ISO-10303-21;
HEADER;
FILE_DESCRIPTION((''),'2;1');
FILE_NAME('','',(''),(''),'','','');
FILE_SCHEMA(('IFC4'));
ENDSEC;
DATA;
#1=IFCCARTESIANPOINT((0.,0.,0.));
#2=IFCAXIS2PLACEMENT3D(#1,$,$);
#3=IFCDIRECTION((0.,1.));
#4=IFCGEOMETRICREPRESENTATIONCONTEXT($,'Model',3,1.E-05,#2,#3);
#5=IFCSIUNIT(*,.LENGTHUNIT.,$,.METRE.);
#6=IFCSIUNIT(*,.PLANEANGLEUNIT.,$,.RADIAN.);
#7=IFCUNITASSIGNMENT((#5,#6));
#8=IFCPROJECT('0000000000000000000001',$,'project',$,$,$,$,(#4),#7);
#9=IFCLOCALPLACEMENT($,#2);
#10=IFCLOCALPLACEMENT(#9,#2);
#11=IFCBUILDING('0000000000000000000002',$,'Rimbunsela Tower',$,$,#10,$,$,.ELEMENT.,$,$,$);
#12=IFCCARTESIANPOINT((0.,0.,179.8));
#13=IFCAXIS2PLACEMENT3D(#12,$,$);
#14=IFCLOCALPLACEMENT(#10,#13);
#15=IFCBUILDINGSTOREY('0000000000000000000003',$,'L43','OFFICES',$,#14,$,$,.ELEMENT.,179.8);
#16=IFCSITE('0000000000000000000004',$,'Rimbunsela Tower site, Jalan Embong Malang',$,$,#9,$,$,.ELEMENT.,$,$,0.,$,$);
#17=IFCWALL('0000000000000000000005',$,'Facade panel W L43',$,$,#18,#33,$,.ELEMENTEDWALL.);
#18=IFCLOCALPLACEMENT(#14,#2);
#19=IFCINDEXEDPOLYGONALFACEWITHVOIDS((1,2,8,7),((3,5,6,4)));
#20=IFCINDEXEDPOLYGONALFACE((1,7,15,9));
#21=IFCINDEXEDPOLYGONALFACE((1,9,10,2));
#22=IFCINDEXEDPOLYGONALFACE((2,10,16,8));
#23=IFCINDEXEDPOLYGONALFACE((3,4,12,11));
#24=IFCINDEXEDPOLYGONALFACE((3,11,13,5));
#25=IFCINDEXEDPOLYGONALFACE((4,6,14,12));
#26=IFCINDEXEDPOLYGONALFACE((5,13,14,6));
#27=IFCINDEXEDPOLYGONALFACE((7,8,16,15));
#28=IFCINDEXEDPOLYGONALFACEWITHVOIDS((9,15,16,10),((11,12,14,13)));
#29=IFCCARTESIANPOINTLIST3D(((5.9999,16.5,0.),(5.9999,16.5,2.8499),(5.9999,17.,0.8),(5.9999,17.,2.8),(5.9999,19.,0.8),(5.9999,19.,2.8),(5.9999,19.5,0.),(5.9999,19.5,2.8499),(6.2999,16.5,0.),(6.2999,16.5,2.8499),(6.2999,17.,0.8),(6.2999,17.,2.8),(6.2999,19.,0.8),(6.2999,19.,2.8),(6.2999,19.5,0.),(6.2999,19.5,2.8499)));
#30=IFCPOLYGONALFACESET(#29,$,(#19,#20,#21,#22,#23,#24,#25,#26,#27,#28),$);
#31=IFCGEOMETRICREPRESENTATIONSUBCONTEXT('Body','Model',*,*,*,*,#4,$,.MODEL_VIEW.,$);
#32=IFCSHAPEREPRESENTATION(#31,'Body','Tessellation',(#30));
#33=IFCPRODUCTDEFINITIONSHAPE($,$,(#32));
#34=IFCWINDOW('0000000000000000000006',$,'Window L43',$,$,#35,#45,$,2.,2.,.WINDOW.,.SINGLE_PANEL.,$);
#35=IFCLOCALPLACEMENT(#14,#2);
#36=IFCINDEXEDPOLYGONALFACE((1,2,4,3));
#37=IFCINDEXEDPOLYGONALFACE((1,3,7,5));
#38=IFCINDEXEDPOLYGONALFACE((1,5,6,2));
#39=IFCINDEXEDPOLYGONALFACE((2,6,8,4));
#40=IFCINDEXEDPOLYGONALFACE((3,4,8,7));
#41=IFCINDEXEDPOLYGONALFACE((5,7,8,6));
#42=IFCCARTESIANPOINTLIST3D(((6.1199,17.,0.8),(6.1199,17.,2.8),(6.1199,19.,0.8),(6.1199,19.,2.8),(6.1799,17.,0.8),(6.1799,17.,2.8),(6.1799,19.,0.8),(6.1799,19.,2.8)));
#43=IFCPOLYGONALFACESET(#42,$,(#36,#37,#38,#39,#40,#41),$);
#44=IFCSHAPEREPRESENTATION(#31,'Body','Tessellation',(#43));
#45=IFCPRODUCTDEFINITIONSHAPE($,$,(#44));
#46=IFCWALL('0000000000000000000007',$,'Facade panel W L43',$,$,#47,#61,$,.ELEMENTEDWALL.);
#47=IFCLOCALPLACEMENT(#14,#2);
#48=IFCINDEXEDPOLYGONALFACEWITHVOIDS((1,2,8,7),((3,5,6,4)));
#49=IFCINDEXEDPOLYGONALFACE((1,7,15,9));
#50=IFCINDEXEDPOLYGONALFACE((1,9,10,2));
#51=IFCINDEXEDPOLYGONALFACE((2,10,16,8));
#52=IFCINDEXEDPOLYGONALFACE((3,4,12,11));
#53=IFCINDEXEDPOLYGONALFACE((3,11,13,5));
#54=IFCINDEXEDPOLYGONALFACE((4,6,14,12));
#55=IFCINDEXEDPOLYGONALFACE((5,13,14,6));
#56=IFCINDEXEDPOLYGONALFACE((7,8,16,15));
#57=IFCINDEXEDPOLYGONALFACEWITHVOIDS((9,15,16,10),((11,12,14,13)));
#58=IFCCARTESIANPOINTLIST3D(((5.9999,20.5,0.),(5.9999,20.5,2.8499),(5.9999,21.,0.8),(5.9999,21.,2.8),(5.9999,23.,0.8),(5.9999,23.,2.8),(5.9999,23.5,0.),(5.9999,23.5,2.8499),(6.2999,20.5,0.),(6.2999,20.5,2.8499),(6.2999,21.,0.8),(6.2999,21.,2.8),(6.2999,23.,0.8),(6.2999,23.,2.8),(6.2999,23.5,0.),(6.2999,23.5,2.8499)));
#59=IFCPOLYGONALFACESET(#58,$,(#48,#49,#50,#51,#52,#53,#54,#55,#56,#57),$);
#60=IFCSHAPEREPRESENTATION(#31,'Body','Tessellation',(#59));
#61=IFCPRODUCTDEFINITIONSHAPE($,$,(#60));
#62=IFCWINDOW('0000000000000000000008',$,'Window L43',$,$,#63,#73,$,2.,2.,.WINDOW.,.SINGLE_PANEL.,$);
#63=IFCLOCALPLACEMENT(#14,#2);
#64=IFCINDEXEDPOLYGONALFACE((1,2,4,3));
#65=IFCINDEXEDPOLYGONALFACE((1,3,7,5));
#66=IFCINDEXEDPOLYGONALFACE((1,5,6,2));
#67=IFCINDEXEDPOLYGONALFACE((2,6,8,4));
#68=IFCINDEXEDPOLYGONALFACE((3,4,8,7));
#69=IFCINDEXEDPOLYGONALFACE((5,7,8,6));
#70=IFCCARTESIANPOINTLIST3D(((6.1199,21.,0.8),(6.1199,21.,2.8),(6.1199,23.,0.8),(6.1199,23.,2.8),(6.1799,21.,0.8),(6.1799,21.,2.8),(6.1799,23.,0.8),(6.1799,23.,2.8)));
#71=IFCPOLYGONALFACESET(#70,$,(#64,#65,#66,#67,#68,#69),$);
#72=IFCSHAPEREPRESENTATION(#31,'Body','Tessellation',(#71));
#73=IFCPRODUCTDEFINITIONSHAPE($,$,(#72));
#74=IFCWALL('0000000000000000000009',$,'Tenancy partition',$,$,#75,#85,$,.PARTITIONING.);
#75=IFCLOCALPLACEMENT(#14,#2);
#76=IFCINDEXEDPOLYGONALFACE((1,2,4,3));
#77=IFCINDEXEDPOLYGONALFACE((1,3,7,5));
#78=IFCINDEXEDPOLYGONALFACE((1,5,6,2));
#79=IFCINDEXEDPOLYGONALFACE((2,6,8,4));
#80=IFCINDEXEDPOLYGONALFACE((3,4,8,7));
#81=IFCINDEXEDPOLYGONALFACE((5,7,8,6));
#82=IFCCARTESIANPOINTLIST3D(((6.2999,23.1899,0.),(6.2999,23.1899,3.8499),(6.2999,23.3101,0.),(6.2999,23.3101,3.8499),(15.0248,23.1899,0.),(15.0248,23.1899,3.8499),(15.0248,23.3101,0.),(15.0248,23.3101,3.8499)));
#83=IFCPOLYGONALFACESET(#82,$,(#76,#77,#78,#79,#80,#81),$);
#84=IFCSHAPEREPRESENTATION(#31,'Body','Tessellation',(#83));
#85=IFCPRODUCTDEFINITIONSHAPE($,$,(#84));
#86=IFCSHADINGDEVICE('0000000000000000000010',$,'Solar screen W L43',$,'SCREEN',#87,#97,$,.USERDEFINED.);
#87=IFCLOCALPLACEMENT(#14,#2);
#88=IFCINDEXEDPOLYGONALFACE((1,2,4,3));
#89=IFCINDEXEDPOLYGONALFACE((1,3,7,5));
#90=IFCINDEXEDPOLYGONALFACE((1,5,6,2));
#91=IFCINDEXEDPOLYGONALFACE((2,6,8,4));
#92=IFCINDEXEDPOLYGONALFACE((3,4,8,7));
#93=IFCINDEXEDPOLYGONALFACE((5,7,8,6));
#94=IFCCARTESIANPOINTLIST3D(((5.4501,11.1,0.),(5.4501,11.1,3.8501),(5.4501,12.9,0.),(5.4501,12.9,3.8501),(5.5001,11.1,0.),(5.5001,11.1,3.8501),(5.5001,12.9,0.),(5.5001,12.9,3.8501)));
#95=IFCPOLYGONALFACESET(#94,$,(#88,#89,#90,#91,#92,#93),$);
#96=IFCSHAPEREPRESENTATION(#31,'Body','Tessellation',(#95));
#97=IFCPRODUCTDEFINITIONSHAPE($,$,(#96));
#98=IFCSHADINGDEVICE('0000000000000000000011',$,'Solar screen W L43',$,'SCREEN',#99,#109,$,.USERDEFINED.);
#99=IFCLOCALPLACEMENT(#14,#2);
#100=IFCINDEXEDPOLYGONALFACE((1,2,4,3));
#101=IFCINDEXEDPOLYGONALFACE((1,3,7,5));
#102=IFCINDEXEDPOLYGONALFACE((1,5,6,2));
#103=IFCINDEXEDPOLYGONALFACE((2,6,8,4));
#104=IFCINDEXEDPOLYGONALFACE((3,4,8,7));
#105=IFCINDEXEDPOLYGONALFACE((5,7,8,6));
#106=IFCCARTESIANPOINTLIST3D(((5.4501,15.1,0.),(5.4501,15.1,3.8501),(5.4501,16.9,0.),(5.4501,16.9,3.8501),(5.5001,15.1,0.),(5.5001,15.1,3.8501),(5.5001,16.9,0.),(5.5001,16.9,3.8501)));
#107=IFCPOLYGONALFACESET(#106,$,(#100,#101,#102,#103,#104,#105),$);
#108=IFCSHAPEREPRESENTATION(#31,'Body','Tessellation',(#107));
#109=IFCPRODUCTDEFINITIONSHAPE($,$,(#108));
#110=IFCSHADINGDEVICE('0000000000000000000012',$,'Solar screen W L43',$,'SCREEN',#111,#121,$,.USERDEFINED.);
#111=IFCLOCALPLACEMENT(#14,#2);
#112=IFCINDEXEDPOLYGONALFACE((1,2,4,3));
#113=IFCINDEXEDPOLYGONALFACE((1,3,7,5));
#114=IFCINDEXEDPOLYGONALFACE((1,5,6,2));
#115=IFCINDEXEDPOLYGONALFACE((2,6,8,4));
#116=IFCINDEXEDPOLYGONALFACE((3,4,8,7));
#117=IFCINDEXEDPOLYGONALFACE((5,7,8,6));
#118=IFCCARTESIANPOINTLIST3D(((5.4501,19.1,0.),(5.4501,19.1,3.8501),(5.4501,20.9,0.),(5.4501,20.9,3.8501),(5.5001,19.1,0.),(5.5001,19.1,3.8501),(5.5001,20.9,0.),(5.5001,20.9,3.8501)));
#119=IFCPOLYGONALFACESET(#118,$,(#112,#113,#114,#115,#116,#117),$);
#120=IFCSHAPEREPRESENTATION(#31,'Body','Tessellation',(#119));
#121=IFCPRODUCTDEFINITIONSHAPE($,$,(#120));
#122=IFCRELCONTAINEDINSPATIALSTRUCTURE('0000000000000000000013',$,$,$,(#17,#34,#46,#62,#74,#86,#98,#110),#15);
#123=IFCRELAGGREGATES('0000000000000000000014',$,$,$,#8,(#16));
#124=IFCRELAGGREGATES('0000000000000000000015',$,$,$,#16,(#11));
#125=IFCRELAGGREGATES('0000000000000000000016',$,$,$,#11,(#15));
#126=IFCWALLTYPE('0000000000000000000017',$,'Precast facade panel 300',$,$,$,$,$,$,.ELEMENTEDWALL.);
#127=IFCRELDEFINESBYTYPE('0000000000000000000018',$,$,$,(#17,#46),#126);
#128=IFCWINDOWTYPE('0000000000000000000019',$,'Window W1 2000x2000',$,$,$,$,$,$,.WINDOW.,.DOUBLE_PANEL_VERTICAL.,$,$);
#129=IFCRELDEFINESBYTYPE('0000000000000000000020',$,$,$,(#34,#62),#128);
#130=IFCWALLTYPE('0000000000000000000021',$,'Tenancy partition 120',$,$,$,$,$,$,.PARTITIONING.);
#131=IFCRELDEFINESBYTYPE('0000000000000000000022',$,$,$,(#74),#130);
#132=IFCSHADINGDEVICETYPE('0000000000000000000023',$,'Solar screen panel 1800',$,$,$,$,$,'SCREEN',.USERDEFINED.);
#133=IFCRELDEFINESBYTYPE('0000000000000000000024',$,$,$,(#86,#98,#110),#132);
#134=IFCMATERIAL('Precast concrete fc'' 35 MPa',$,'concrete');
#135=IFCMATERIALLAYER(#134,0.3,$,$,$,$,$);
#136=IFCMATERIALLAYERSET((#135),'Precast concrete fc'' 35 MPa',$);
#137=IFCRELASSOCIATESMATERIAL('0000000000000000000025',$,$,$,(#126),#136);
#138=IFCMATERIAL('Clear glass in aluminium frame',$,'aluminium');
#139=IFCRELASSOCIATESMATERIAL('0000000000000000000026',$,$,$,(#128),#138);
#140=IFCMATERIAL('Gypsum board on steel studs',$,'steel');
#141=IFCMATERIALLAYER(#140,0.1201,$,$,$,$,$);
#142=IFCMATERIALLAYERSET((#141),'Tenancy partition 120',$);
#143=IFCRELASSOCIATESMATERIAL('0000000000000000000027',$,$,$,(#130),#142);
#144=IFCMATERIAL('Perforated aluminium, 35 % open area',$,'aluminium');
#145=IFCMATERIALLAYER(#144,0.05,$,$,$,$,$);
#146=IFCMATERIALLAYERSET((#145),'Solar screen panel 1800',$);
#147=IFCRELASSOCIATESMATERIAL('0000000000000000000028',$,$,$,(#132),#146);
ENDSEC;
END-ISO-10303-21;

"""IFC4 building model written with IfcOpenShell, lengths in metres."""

from ifc_helpers import new_model, si_unit, direction, frame, frame_2d, origin, origin_2d, place, context, subcontext, project, spatial, rectangle, extrude, material, layer, layer_set, type_object, element, fill, save


model = new_model("IFC4")

# Units and contexts
model_context = context("Model", 3, precision=1e-05, world=origin(), true_north=direction((0.0, 1.0)))
body_context = subcontext(model_context, "Body", "Model", "MODEL_VIEW")
ifc_project = project(units=[si_unit("LENGTHUNIT", "METRE"), si_unit("PLANEANGLEUNIT", "RADIAN")], contexts=[model_context])

# Site, building, storey
site_placement = place(None, origin())
site = spatial("IfcSite", under=ifc_project, at=site_placement, Name="Rimbunsela Tower site, Jalan Embong Malang", CompositionType="ELEMENT", RefElevation=0.0)
building_placement = place(site_placement, origin())
building = spatial("IfcBuilding", under=site, at=building_placement, Name="Rimbunsela Tower", CompositionType="ELEMENT")
storey_placement = place(building_placement, frame((0.0, 0.0, 179.8)))
storey = spatial("IfcBuildingStorey", under=building, at=storey_placement, Name="L43", Description="OFFICES", CompositionType="ELEMENT", Elevation=179.8)

# Shared definitions
ifc_material_1 = material(Name="Precast concrete fc' 35 MPa", Category="concrete")
ifc_layer_1 = layer(ifc_material_1, 0.3)
ifc_layer_set_1 = layer_set([ifc_layer_1], Name="Precast concrete fc' 35 MPa")
wall_type_1 = type_object("IfcWallType", Name="Precast facade panel 300", PredefinedType="ELEMENTEDWALL", material=ifc_layer_set_1)

# Walls, openings, windows
ifc_material_2 = material(Name="Clear glass in aluminium frame", Category="aluminium")
window_type = type_object("IfcWindowType", Name="Window W1 2000x2000", PartitioningType="DOUBLE_PANEL_VERTICAL", PredefinedType="WINDOW", material=ifc_material_2)
wall_1_placement = place(storey_placement, frame((6.1499, 19.5, 0.0), z_axis=(0.0, 0.0, 1.0), x_axis=(0.0, -1.0, 0.0)))
wall_1 = element("IfcWall", 1, at=wall_1_placement, inside=storey, type_object=wall_type_1, Name="Facade panel W L43", PredefinedType="ELEMENTEDWALL", context=body_context, shape_type="SweptSolid", body=[
    extrude(rectangle(XDim=3.0, YDim=0.3, at=frame_2d((1.5, 0.0))), origin(), (0.0, 0.0, 1.0), 2.8499),
])
opening_1_placement = place(wall_1_placement, frame((0.5, 0.0, 0.8)))
opening_1 = element("IfcOpeningElement", 2, at=opening_1_placement, cuts=wall_1, PredefinedType="OPENING", context=body_context, shape_type="SweptSolid", body=[
    extrude(rectangle(XDim=2.0, YDim=2.0, at=frame_2d((1.0, 1.0))), frame((0.0, 0.1599, 0.0), z_axis=(0.0, -1.0, 0.0), x_axis=(1.0, 0.0, 0.0)), (0.0, 0.0, 1.0), 0.3201),
])
window_1_placement = place(opening_1_placement, origin())
window_1 = element("IfcWindow", 3, at=window_1_placement, inside=storey, type_object=window_type, Name="Window L43", OverallHeight=2.0, OverallWidth=2.0, PartitioningType="SINGLE_PANEL", PredefinedType="WINDOW", context=body_context, shape_type="SweptSolid", body=[
    extrude(rectangle(XDim=2.0, YDim=2.0, at=frame_2d((1.0, 1.0))), frame((0.0, 0.03, 0.0), z_axis=(0.0, -1.0, 0.0), x_axis=(1.0, 0.0, 0.0)), (0.0, 0.0, 1.0), 0.0601),
])
fill(opening_1, window_1)
wall_2_placement = place(storey_placement, frame((6.1499, 23.5, 0.0), z_axis=(0.0, 0.0, 1.0), x_axis=(0.0, -1.0, 0.0)))
wall_2 = element("IfcWall", 4, at=wall_2_placement, inside=storey, type_object=wall_type_1, Name="Facade panel W L43", PredefinedType="ELEMENTEDWALL", context=body_context, shape_type="SweptSolid", body=[
    extrude(rectangle(XDim=3.0, YDim=0.3, at=frame_2d((1.5, 0.0))), origin(), (0.0, 0.0, 1.0), 2.8499),
])
opening_2_placement = place(wall_2_placement, frame((0.5, 0.0, 0.8)))
opening_2 = element("IfcOpeningElement", 5, at=opening_2_placement, cuts=wall_2, PredefinedType="OPENING", context=body_context, shape_type="SweptSolid", body=[
    extrude(rectangle(XDim=2.0, YDim=2.0, at=frame_2d((1.0, 1.0))), frame((0.0, 0.1599, 0.0), z_axis=(0.0, -1.0, 0.0), x_axis=(1.0, 0.0, 0.0)), (0.0, 0.0, 1.0), 0.3201),
])
window_2_placement = place(opening_2_placement, origin())
window_2 = element("IfcWindow", 6, at=window_2_placement, inside=storey, type_object=window_type, Name="Window L43", OverallHeight=2.0, OverallWidth=2.0, PartitioningType="SINGLE_PANEL", PredefinedType="WINDOW", context=body_context, shape_type="SweptSolid", body=[
    extrude(rectangle(XDim=2.0, YDim=2.0, at=frame_2d((1.0, 1.0))), frame((0.0, 0.03, 0.0), z_axis=(0.0, -1.0, 0.0), x_axis=(1.0, 0.0, 0.0)), (0.0, 0.0, 1.0), 0.0601),
])
fill(opening_2, window_2)

# Wall
ifc_material_3 = material(Name="Gypsum board on steel studs", Category="steel")
ifc_layer_2 = layer(ifc_material_3, 0.1201)
ifc_layer_set_2 = layer_set([ifc_layer_2], Name="Tenancy partition 120")
wall_type_2 = type_object("IfcWallType", Name="Tenancy partition 120", PredefinedType="PARTITIONING", material=ifc_layer_set_2)
wall_3_placement = place(storey_placement, frame((6.3, 23.25, 0.0), z_axis=(0.0, 0.0, 1.0), x_axis=(1.0, 0.0, 0.0)))
element("IfcWall", 7, at=wall_3_placement, inside=storey, type_object=wall_type_2, Name="Tenancy partition", PredefinedType="PARTITIONING", context=body_context, shape_type="SweptSolid", body=[
    extrude(rectangle(XDim=8.7249, YDim=0.1201, at=frame_2d((4.3623, 0.0))), origin(), (0.0, 0.0, 1.0), 3.8499),
])

# Shading devices
ifc_material_4 = material(Name="Perforated aluminium, 35 % open area", Category="aluminium")
ifc_layer_3 = layer(ifc_material_4, 0.05)
ifc_layer_set_3 = layer_set([ifc_layer_3], Name="Solar screen panel 1800")
shading_device_type = type_object("IfcShadingDeviceType", Name="Solar screen panel 1800", ElementType="SCREEN", PredefinedType="USERDEFINED", material=ifc_layer_set_3)
for number, where, z_axis, x_axis, name in (
    (8, (5.4751, 12.0, 0.0), (0.0, 0.0, 1.0), (0.0, 1.0, 0.0), "Solar screen W L43"),
    (9, (5.4751, 16.0, 0.0), (0.0, 0.0, 1.0), (0.0, 1.0, 0.0), "Solar screen W L43"),
    (10, (5.4751, 20.0, 0.0), (0.0, 0.0, 1.0), (0.0, 1.0, 0.0), "Solar screen W L43"),
):
    element("IfcShadingDevice", number, at=place(storey_placement, frame(where, z_axis=z_axis, x_axis=x_axis)), inside=storey, type_object=shading_device_type, Name=name, ObjectType="SCREEN", PredefinedType="USERDEFINED", context=body_context, shape_type="SweptSolid", body=[
        extrude(rectangle(XDim=1.8, YDim=0.05, at=origin_2d()), origin(), (0.0, 0.0, 1.0), 3.8501),
    ])

save(model, "model.ifc")
